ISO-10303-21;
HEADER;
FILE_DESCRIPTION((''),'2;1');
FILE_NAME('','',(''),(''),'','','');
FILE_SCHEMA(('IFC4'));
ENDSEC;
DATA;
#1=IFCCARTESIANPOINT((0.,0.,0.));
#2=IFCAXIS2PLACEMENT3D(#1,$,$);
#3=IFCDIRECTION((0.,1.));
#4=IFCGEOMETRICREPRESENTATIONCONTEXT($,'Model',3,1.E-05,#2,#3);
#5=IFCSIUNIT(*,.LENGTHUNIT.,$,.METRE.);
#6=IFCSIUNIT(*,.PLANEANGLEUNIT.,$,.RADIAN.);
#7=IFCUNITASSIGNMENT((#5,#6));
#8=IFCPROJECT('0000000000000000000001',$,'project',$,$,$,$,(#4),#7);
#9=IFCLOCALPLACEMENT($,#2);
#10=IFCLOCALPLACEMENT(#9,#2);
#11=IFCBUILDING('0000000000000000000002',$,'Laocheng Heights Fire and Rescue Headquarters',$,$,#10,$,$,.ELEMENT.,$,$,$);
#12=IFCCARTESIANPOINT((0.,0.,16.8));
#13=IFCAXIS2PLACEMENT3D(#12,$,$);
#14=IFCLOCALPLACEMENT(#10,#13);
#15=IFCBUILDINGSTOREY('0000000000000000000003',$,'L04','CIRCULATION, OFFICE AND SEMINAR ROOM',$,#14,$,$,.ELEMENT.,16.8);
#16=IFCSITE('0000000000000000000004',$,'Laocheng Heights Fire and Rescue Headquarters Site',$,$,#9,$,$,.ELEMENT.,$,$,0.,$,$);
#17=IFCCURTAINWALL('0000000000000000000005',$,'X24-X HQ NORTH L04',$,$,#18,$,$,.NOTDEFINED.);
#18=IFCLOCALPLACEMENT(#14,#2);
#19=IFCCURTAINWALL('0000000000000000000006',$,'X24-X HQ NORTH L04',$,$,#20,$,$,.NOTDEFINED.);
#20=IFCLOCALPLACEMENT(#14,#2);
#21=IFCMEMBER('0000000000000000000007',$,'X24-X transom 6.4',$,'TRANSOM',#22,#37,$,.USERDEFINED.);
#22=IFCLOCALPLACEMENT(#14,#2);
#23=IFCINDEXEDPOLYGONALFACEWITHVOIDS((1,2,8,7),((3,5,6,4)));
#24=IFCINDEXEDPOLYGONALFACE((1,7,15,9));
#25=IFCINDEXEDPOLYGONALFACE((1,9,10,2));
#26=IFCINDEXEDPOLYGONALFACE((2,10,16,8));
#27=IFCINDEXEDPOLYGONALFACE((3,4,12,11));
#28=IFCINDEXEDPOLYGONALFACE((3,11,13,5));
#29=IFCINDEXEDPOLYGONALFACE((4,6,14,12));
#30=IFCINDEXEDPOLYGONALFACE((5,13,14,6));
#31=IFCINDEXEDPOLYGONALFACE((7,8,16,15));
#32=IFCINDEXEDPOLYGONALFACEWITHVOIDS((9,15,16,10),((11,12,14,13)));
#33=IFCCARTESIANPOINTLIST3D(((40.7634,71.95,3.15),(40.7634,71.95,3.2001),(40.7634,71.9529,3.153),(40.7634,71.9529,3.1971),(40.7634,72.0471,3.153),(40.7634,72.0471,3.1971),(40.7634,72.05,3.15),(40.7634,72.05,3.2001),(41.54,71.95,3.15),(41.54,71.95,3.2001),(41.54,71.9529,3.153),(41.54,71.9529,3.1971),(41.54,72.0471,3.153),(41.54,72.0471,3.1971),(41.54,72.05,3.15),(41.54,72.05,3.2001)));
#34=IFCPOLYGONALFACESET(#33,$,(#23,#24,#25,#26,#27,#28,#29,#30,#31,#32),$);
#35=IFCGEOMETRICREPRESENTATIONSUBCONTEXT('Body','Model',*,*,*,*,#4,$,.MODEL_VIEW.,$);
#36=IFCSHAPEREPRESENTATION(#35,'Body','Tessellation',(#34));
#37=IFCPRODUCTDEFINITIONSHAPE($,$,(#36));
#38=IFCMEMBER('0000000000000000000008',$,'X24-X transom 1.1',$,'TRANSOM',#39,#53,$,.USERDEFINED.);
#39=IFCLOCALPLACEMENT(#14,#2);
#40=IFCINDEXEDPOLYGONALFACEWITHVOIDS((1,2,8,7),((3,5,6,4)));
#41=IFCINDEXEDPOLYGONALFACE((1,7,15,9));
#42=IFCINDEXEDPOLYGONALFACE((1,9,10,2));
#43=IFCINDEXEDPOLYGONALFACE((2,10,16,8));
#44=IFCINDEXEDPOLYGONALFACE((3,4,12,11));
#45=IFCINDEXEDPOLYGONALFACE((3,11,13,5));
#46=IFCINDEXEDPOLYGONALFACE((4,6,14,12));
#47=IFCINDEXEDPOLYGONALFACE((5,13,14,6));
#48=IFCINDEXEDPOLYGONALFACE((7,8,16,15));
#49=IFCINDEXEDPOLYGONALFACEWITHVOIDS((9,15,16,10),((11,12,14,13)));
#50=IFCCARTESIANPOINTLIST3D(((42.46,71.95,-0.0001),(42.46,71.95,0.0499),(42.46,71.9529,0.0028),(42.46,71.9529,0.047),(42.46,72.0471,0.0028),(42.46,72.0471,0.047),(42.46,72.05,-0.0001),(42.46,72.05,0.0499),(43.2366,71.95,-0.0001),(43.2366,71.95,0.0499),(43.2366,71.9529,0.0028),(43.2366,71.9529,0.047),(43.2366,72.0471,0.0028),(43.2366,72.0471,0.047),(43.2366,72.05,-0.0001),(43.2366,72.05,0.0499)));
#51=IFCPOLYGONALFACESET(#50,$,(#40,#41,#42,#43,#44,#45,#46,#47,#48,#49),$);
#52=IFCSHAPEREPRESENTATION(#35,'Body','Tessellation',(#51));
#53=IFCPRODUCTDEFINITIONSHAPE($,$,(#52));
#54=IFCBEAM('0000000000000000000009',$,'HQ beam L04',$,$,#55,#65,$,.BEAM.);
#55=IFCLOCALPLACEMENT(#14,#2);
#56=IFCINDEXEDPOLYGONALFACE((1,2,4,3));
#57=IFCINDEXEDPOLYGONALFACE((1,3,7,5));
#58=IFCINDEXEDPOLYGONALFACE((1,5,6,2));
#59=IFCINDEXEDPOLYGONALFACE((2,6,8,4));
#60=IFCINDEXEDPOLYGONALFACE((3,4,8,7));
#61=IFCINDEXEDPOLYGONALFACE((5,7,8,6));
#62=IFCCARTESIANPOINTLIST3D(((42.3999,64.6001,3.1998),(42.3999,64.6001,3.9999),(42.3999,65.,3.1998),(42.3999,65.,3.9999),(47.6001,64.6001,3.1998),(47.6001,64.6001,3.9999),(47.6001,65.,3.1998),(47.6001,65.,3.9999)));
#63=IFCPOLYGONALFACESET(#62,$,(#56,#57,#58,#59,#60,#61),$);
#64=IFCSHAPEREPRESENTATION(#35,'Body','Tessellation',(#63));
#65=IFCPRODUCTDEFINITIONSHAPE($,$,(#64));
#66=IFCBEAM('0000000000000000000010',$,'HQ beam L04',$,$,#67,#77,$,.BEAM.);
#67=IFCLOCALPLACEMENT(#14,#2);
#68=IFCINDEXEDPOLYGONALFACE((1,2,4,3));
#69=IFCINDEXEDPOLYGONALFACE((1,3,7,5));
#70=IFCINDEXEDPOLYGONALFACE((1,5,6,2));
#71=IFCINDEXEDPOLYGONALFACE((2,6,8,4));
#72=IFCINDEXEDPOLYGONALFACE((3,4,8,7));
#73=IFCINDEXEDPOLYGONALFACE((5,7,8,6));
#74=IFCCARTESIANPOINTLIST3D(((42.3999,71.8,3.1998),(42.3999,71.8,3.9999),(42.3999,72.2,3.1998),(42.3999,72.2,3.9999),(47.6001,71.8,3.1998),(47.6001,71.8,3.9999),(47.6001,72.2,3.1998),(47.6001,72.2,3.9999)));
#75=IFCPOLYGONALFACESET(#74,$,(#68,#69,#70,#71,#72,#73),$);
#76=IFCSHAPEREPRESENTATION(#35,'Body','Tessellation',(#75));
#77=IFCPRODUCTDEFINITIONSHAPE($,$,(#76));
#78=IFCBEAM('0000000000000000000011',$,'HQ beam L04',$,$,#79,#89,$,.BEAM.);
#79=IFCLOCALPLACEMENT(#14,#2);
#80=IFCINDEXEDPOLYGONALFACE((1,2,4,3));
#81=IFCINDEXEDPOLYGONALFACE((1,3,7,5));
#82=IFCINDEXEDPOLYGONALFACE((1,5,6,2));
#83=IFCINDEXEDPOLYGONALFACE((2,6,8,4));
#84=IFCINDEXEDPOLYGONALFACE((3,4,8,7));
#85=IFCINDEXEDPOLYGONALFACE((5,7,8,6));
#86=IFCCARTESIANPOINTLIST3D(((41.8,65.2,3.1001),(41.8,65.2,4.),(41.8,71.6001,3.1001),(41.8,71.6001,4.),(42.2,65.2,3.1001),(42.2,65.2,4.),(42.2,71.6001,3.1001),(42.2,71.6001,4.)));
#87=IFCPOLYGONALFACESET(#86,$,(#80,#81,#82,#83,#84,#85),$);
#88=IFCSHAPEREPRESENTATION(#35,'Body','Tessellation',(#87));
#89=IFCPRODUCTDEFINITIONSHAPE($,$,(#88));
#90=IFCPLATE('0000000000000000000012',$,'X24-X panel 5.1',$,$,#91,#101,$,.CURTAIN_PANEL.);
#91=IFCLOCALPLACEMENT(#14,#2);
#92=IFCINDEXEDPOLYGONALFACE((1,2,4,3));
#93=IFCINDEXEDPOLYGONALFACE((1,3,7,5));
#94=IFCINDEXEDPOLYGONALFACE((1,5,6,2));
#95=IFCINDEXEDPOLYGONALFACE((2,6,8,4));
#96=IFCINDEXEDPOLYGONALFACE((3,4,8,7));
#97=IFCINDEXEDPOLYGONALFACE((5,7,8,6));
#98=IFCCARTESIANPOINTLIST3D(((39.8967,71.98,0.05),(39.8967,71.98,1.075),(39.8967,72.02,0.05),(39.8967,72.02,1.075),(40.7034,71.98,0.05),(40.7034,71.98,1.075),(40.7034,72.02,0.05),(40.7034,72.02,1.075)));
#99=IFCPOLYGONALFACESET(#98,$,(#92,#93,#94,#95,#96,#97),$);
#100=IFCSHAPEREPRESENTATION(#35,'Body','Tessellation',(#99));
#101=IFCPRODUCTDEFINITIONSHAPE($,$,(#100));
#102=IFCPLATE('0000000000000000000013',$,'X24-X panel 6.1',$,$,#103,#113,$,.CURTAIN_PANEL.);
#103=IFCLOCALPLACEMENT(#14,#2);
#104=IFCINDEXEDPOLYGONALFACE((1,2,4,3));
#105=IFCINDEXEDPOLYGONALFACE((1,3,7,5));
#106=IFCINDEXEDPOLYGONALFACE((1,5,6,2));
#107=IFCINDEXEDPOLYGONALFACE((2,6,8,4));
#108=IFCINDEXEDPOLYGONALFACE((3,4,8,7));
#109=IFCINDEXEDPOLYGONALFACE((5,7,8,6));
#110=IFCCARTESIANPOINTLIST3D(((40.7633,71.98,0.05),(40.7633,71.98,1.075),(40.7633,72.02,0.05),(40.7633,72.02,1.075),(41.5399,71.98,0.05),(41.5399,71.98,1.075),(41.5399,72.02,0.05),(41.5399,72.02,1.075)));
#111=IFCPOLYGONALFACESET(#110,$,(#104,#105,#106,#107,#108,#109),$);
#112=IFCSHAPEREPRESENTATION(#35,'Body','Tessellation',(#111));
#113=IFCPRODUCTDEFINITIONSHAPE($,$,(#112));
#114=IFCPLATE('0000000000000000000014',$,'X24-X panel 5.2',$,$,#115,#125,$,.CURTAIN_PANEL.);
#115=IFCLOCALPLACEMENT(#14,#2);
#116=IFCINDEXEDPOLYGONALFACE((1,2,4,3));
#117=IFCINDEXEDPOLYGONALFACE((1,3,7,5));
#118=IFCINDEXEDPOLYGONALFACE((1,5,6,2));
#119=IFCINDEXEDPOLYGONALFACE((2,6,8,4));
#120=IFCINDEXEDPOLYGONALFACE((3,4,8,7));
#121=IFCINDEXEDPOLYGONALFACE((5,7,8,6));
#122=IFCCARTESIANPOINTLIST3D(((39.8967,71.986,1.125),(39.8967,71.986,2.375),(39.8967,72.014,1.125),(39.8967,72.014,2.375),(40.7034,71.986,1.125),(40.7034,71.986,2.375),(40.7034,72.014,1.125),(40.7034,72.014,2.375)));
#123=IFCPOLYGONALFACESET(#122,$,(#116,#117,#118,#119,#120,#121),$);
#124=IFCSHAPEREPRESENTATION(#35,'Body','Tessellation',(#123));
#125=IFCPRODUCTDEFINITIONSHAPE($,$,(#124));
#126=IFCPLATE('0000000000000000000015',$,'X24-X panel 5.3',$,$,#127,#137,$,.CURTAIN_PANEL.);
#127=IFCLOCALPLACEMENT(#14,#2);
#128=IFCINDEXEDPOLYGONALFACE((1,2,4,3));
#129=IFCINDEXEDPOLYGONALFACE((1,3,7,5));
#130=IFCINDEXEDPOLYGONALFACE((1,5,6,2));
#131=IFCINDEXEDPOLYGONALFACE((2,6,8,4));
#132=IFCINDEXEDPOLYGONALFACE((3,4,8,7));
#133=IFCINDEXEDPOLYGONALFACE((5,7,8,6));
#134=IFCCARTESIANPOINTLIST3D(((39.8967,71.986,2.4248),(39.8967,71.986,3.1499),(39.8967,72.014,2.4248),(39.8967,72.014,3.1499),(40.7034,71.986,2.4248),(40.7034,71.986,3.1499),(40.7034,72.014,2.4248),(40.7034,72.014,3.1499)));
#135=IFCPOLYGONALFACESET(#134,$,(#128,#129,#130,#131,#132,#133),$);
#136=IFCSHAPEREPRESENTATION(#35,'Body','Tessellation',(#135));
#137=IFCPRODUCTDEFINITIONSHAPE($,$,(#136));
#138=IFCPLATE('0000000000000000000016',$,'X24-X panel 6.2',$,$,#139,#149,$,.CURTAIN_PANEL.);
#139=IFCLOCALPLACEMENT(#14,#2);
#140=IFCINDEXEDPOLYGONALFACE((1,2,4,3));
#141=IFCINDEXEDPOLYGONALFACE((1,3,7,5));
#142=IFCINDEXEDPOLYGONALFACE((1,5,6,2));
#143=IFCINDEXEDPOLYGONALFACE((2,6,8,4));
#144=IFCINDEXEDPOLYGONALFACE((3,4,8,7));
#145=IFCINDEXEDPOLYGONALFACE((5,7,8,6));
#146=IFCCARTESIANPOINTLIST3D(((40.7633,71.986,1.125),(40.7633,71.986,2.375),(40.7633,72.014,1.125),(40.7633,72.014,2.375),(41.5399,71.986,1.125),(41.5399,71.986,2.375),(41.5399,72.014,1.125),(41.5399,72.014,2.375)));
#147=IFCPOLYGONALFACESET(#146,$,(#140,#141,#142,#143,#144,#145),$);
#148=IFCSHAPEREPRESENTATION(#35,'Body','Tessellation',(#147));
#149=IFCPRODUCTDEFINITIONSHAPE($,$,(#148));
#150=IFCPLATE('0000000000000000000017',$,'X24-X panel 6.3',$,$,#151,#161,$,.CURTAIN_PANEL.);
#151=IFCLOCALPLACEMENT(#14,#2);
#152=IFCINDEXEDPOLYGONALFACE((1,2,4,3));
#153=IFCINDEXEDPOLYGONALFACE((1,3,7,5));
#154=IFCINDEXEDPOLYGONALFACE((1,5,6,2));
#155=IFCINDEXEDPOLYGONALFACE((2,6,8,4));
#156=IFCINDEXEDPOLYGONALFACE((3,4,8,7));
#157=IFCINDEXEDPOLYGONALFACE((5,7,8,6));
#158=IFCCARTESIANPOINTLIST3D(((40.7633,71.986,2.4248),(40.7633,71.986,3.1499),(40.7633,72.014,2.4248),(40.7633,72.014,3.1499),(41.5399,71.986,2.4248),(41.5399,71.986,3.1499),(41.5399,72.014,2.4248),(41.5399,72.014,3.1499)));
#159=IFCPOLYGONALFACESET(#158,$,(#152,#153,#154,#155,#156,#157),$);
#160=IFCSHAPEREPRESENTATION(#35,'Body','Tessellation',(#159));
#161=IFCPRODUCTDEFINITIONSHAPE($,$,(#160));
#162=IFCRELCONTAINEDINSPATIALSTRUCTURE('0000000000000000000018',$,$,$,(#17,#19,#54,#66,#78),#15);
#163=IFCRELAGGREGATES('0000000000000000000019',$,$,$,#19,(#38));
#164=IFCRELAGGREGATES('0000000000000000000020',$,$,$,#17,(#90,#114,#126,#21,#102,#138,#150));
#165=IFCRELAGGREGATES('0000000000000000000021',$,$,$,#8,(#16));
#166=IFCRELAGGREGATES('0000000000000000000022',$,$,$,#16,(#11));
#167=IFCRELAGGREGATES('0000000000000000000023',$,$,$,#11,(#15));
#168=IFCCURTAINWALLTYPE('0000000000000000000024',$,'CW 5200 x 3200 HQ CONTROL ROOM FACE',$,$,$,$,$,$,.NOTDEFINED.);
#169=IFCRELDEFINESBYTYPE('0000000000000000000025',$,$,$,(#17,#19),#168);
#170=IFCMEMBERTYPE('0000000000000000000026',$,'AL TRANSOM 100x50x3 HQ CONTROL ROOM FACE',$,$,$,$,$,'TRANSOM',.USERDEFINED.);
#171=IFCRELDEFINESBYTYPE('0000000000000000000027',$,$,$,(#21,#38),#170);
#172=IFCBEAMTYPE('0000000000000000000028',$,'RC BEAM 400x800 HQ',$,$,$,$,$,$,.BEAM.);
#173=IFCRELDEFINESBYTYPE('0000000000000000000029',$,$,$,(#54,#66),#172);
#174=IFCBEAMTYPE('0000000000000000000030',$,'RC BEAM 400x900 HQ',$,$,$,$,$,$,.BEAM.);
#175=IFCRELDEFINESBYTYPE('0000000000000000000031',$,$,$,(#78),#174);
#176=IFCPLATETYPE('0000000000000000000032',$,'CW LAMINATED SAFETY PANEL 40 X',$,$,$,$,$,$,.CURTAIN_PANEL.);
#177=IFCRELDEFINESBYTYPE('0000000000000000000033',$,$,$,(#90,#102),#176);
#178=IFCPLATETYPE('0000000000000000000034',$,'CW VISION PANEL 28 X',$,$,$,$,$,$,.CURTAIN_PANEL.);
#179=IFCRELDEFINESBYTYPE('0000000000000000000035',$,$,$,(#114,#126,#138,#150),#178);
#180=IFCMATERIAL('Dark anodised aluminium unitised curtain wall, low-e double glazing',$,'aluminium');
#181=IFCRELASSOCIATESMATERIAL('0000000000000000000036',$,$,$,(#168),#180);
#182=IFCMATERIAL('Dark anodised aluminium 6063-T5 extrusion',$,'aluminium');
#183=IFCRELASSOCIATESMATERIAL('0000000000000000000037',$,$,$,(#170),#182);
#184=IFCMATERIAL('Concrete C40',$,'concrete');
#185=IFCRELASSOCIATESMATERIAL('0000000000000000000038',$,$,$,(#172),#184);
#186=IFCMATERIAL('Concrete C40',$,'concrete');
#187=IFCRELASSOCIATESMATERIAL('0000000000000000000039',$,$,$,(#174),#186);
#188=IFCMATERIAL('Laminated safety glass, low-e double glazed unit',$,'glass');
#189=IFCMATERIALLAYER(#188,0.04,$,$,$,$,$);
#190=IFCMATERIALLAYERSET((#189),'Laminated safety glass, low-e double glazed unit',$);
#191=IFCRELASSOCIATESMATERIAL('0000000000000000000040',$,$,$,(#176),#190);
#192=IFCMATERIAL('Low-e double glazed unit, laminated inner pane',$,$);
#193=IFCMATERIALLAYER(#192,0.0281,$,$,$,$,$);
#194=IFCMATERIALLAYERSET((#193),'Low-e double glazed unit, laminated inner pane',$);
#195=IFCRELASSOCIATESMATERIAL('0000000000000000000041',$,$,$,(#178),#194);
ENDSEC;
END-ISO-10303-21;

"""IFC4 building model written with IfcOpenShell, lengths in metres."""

from ifc_helpers import new_model, si_unit, direction, frame, origin, origin_2d, place, context, subcontext, project, spatial, rectangle, hollow_rectangle, extrude, material, layer, layer_set, material_profile, profile_set, type_object, element, aggregate, save


model = new_model("IFC4")

# Units and contexts
model_context = context("Model", 3, precision=1e-05, world=origin(), true_north=direction((0.0, 1.0)))
body_context = subcontext(model_context, "Body", "Model", "MODEL_VIEW")
ifc_project = project(units=[si_unit("LENGTHUNIT", "METRE"), si_unit("PLANEANGLEUNIT", "RADIAN")], contexts=[model_context])

# Site, building, storey
site_placement = place(None, origin())
site = spatial("IfcSite", under=ifc_project, at=site_placement, Name="Laocheng Heights Fire and Rescue Headquarters Site", CompositionType="ELEMENT", RefElevation=0.0)
building_placement = place(site_placement, origin())
building = spatial("IfcBuilding", under=site, at=building_placement, Name="Laocheng Heights Fire and Rescue Headquarters", CompositionType="ELEMENT")
storey_placement = place(building_placement, frame((0.0, 0.0, 16.8)))
storey = spatial("IfcBuildingStorey", under=building, at=storey_placement, Name="L04", Description="CIRCULATION, OFFICE AND SEMINAR ROOM", CompositionType="ELEMENT", Elevation=16.8)

# Curtain wall
ifc_material_1 = material(Name="Dark anodised aluminium unitised curtain wall, low-e double glazing", Category="aluminium")
curtain_wall_type = type_object("IfcCurtainWallType", Name="CW 5200 x 3200 HQ CONTROL ROOM FACE", PredefinedType="NOTDEFINED", material=ifc_material_1)
curtain_wall_1_placement = place(storey_placement, origin())
curtain_wall_1 = element("IfcCurtainWall", 1, at=curtain_wall_1_placement, inside=storey, type_object=curtain_wall_type, Name="X24-X HQ NORTH L04", PredefinedType="NOTDEFINED")

# Curtain wall
curtain_wall_2_placement = place(storey_placement, origin())
curtain_wall_2 = element("IfcCurtainWall", 2, at=curtain_wall_2_placement, inside=storey, type_object=curtain_wall_type, Name="X24-X HQ NORTH L04", PredefinedType="NOTDEFINED")

# Members
ifc_material_2 = material(Name="Dark anodised aluminium 6063-T5 extrusion", Category="aluminium")
ifc_material_profile_1 = material_profile(ifc_material_2, hollow_rectangle(XDim=0.1001, YDim=0.05, WallThickness=0.0029, at=origin_2d()), Name="AL TRANSOM 100x50x3 HQ CONTROL ROOM FACE")
ifc_profile_set_1 = profile_set([ifc_material_profile_1], Name="Dark anodised aluminium 6063-T5 extrusion")
member_type_1 = type_object("IfcMemberType", Name="AL TRANSOM 100x50x3 HQ CONTROL ROOM FACE", ElementType="TRANSOM", PredefinedType="USERDEFINED", material=ifc_profile_set_1)
member_1_placement = place(storey_placement, frame((40.7634, 72.0, 3.175), z_axis=(1.0, 0.0, 0.0), x_axis=(0.0, 1.0, 0.0)))
member_1 = element("IfcMember", 3, at=member_1_placement, type_object=member_type_1, Name="X24-X transom 6.4", ObjectType="TRANSOM", PredefinedType="USERDEFINED", context=body_context, shape_type="SweptSolid", body=[
    extrude(hollow_rectangle(XDim=0.1001, YDim=0.05, WallThickness=0.0029, at=origin_2d()), origin(), (0.0, 0.0, 1.0), 0.7766),
])
member_2_placement = place(storey_placement, frame((42.46, 72.0, 0.0249), z_axis=(1.0, 0.0, 0.0), x_axis=(0.0, 1.0, 0.0)))
member_2 = element("IfcMember", 4, at=member_2_placement, type_object=member_type_1, Name="X24-X transom 1.1", ObjectType="TRANSOM", PredefinedType="USERDEFINED", context=body_context, shape_type="SweptSolid", body=[
    extrude(hollow_rectangle(XDim=0.1001, YDim=0.05, WallThickness=0.0029, at=origin_2d()), origin(), (0.0, 0.0, 1.0), 0.7766),
])
aggregate(curtain_wall_2, [member_2])

# Beams
ifc_material_3 = material(Name="Concrete C40", Category="concrete")
ifc_material_profile_2 = material_profile(ifc_material_3, rectangle(XDim=0.3999, YDim=0.8, at=origin_2d()), Name="RC BEAM 400x800 HQ")
ifc_profile_set_2 = profile_set([ifc_material_profile_2], Name="Concrete C40")
beam_type_1 = type_object("IfcBeamType", Name="RC BEAM 400x800 HQ", PredefinedType="BEAM", material=ifc_profile_set_2)
for number, where, z_axis, x_axis, name in (
    (5, (42.3999, 64.8, 3.5999), (1.0, 0.0, 0.0), (0.0, 1.0, 0.0), "HQ beam L04"),
    (6, (42.3999, 72.0, 3.5999), (1.0, 0.0, 0.0), (0.0, 1.0, 0.0), "HQ beam L04"),
):
    element("IfcBeam", number, at=place(storey_placement, frame(where, z_axis=z_axis, x_axis=x_axis)), inside=storey, type_object=beam_type_1, Name=name, PredefinedType="BEAM", context=body_context, shape_type="SweptSolid", body=[
        extrude(rectangle(XDim=0.3999, YDim=0.8, at=origin_2d()), origin(), (0.0, 0.0, 1.0), 5.2002),
    ])
ifc_material_4 = material(Name="Concrete C40", Category="concrete")
ifc_material_profile_3 = material_profile(ifc_material_4, rectangle(XDim=0.3999, YDim=0.8999, at=origin_2d()), Name="RC BEAM 400x900 HQ")
ifc_profile_set_3 = profile_set([ifc_material_profile_3], Name="Concrete C40")
beam_type_2 = type_object("IfcBeamType", Name="RC BEAM 400x900 HQ", PredefinedType="BEAM", material=ifc_profile_set_3)
beam_placement = place(storey_placement, frame((42.0, 65.2, 3.55), z_axis=(0.0, 1.0, 0.0), x_axis=(-1.0, 0.0, 0.0)))
element("IfcBeam", 7, at=beam_placement, inside=storey, type_object=beam_type_2, Name="HQ beam L04", PredefinedType="BEAM", context=body_context, shape_type="SweptSolid", body=[
    extrude(rectangle(XDim=0.3999, YDim=0.8999, at=origin_2d()), origin(), (0.0, 0.0, 1.0), 6.4001),
])

# Plates
ifc_material_5 = material(Name="Laminated safety glass, low-e double glazed unit", Category="glass")
ifc_layer_1 = layer(ifc_material_5, 0.04)
ifc_layer_set_1 = layer_set([ifc_layer_1], Name="Laminated safety glass, low-e double glazed unit")
plate_type_1 = type_object("IfcPlateType", Name="CW LAMINATED SAFETY PANEL 40 X", PredefinedType="CURTAIN_PANEL", material=ifc_layer_set_1)
plate_1_placement = place(storey_placement, frame((40.3, 72.0, 0.05), z_axis=(0.0, 0.0, 1.0), x_axis=(1.0, 0.0, 0.0)))
plate_1 = element("IfcPlate", 8, at=plate_1_placement, type_object=plate_type_1, Name="X24-X panel 5.1", PredefinedType="CURTAIN_PANEL", context=body_context, shape_type="SweptSolid", body=[
    extrude(rectangle(XDim=0.8066, YDim=0.04, at=origin_2d()), origin(), (0.0, 0.0, 1.0), 1.0249),
])
plate_2_placement = place(storey_placement, frame((41.1516, 72.0, 0.05), z_axis=(0.0, 0.0, 1.0), x_axis=(1.0, 0.0, 0.0)))
plate_2 = element("IfcPlate", 9, at=plate_2_placement, type_object=plate_type_1, Name="X24-X panel 6.1", PredefinedType="CURTAIN_PANEL", context=body_context, shape_type="SweptSolid", body=[
    extrude(rectangle(XDim=0.7766, YDim=0.04, at=origin_2d()), origin(), (0.0, 0.0, 1.0), 1.0249),
])
ifc_material_6 = material(Name="Low-e double glazed unit, laminated inner pane")
ifc_layer_2 = layer(ifc_material_6, 0.0281)
ifc_layer_set_2 = layer_set([ifc_layer_2], Name="Low-e double glazed unit, laminated inner pane")
plate_type_2 = type_object("IfcPlateType", Name="CW VISION PANEL 28 X", PredefinedType="CURTAIN_PANEL", material=ifc_layer_set_2)
plate_3_placement = place(storey_placement, frame((40.3, 72.0, 1.125), z_axis=(0.0, 0.0, 1.0), x_axis=(1.0, 0.0, 0.0)))
plate_3 = element("IfcPlate", 10, at=plate_3_placement, type_object=plate_type_2, Name="X24-X panel 5.2", PredefinedType="CURTAIN_PANEL", context=body_context, shape_type="SweptSolid", body=[
    extrude(rectangle(XDim=0.8066, YDim=0.0281, at=origin_2d()), origin(), (0.0, 0.0, 1.0), 1.25),
])
plate_4_placement = place(storey_placement, frame((40.3, 72.0, 2.4248), z_axis=(0.0, 0.0, 1.0), x_axis=(1.0, 0.0, 0.0)))
plate_4 = element("IfcPlate", 11, at=plate_4_placement, type_object=plate_type_2, Name="X24-X panel 5.3", PredefinedType="CURTAIN_PANEL", context=body_context, shape_type="SweptSolid", body=[
    extrude(rectangle(XDim=0.8066, YDim=0.0281, at=origin_2d()), origin(), (0.0, 0.0, 1.0), 0.7251),
])
plate_5_placement = place(storey_placement, frame((41.1516, 72.0, 1.125), z_axis=(0.0, 0.0, 1.0), x_axis=(1.0, 0.0, 0.0)))
plate_5 = element("IfcPlate", 12, at=plate_5_placement, type_object=plate_type_2, Name="X24-X panel 6.2", PredefinedType="CURTAIN_PANEL", context=body_context, shape_type="SweptSolid", body=[
    extrude(rectangle(XDim=0.7766, YDim=0.0281, at=origin_2d()), origin(), (0.0, 0.0, 1.0), 1.25),
])
plate_6_placement = place(storey_placement, frame((41.1516, 72.0, 2.4248), z_axis=(0.0, 0.0, 1.0), x_axis=(1.0, 0.0, 0.0)))
plate_6 = element("IfcPlate", 13, at=plate_6_placement, type_object=plate_type_2, Name="X24-X panel 6.3", PredefinedType="CURTAIN_PANEL", context=body_context, shape_type="SweptSolid", body=[
    extrude(rectangle(XDim=0.7766, YDim=0.0281, at=origin_2d()), origin(), (0.0, 0.0, 1.0), 0.7251),
])
aggregate(curtain_wall_1, [plate_1, plate_3, plate_4, member_1, plate_2, plate_5, plate_6])

save(model, "model.ifc")
